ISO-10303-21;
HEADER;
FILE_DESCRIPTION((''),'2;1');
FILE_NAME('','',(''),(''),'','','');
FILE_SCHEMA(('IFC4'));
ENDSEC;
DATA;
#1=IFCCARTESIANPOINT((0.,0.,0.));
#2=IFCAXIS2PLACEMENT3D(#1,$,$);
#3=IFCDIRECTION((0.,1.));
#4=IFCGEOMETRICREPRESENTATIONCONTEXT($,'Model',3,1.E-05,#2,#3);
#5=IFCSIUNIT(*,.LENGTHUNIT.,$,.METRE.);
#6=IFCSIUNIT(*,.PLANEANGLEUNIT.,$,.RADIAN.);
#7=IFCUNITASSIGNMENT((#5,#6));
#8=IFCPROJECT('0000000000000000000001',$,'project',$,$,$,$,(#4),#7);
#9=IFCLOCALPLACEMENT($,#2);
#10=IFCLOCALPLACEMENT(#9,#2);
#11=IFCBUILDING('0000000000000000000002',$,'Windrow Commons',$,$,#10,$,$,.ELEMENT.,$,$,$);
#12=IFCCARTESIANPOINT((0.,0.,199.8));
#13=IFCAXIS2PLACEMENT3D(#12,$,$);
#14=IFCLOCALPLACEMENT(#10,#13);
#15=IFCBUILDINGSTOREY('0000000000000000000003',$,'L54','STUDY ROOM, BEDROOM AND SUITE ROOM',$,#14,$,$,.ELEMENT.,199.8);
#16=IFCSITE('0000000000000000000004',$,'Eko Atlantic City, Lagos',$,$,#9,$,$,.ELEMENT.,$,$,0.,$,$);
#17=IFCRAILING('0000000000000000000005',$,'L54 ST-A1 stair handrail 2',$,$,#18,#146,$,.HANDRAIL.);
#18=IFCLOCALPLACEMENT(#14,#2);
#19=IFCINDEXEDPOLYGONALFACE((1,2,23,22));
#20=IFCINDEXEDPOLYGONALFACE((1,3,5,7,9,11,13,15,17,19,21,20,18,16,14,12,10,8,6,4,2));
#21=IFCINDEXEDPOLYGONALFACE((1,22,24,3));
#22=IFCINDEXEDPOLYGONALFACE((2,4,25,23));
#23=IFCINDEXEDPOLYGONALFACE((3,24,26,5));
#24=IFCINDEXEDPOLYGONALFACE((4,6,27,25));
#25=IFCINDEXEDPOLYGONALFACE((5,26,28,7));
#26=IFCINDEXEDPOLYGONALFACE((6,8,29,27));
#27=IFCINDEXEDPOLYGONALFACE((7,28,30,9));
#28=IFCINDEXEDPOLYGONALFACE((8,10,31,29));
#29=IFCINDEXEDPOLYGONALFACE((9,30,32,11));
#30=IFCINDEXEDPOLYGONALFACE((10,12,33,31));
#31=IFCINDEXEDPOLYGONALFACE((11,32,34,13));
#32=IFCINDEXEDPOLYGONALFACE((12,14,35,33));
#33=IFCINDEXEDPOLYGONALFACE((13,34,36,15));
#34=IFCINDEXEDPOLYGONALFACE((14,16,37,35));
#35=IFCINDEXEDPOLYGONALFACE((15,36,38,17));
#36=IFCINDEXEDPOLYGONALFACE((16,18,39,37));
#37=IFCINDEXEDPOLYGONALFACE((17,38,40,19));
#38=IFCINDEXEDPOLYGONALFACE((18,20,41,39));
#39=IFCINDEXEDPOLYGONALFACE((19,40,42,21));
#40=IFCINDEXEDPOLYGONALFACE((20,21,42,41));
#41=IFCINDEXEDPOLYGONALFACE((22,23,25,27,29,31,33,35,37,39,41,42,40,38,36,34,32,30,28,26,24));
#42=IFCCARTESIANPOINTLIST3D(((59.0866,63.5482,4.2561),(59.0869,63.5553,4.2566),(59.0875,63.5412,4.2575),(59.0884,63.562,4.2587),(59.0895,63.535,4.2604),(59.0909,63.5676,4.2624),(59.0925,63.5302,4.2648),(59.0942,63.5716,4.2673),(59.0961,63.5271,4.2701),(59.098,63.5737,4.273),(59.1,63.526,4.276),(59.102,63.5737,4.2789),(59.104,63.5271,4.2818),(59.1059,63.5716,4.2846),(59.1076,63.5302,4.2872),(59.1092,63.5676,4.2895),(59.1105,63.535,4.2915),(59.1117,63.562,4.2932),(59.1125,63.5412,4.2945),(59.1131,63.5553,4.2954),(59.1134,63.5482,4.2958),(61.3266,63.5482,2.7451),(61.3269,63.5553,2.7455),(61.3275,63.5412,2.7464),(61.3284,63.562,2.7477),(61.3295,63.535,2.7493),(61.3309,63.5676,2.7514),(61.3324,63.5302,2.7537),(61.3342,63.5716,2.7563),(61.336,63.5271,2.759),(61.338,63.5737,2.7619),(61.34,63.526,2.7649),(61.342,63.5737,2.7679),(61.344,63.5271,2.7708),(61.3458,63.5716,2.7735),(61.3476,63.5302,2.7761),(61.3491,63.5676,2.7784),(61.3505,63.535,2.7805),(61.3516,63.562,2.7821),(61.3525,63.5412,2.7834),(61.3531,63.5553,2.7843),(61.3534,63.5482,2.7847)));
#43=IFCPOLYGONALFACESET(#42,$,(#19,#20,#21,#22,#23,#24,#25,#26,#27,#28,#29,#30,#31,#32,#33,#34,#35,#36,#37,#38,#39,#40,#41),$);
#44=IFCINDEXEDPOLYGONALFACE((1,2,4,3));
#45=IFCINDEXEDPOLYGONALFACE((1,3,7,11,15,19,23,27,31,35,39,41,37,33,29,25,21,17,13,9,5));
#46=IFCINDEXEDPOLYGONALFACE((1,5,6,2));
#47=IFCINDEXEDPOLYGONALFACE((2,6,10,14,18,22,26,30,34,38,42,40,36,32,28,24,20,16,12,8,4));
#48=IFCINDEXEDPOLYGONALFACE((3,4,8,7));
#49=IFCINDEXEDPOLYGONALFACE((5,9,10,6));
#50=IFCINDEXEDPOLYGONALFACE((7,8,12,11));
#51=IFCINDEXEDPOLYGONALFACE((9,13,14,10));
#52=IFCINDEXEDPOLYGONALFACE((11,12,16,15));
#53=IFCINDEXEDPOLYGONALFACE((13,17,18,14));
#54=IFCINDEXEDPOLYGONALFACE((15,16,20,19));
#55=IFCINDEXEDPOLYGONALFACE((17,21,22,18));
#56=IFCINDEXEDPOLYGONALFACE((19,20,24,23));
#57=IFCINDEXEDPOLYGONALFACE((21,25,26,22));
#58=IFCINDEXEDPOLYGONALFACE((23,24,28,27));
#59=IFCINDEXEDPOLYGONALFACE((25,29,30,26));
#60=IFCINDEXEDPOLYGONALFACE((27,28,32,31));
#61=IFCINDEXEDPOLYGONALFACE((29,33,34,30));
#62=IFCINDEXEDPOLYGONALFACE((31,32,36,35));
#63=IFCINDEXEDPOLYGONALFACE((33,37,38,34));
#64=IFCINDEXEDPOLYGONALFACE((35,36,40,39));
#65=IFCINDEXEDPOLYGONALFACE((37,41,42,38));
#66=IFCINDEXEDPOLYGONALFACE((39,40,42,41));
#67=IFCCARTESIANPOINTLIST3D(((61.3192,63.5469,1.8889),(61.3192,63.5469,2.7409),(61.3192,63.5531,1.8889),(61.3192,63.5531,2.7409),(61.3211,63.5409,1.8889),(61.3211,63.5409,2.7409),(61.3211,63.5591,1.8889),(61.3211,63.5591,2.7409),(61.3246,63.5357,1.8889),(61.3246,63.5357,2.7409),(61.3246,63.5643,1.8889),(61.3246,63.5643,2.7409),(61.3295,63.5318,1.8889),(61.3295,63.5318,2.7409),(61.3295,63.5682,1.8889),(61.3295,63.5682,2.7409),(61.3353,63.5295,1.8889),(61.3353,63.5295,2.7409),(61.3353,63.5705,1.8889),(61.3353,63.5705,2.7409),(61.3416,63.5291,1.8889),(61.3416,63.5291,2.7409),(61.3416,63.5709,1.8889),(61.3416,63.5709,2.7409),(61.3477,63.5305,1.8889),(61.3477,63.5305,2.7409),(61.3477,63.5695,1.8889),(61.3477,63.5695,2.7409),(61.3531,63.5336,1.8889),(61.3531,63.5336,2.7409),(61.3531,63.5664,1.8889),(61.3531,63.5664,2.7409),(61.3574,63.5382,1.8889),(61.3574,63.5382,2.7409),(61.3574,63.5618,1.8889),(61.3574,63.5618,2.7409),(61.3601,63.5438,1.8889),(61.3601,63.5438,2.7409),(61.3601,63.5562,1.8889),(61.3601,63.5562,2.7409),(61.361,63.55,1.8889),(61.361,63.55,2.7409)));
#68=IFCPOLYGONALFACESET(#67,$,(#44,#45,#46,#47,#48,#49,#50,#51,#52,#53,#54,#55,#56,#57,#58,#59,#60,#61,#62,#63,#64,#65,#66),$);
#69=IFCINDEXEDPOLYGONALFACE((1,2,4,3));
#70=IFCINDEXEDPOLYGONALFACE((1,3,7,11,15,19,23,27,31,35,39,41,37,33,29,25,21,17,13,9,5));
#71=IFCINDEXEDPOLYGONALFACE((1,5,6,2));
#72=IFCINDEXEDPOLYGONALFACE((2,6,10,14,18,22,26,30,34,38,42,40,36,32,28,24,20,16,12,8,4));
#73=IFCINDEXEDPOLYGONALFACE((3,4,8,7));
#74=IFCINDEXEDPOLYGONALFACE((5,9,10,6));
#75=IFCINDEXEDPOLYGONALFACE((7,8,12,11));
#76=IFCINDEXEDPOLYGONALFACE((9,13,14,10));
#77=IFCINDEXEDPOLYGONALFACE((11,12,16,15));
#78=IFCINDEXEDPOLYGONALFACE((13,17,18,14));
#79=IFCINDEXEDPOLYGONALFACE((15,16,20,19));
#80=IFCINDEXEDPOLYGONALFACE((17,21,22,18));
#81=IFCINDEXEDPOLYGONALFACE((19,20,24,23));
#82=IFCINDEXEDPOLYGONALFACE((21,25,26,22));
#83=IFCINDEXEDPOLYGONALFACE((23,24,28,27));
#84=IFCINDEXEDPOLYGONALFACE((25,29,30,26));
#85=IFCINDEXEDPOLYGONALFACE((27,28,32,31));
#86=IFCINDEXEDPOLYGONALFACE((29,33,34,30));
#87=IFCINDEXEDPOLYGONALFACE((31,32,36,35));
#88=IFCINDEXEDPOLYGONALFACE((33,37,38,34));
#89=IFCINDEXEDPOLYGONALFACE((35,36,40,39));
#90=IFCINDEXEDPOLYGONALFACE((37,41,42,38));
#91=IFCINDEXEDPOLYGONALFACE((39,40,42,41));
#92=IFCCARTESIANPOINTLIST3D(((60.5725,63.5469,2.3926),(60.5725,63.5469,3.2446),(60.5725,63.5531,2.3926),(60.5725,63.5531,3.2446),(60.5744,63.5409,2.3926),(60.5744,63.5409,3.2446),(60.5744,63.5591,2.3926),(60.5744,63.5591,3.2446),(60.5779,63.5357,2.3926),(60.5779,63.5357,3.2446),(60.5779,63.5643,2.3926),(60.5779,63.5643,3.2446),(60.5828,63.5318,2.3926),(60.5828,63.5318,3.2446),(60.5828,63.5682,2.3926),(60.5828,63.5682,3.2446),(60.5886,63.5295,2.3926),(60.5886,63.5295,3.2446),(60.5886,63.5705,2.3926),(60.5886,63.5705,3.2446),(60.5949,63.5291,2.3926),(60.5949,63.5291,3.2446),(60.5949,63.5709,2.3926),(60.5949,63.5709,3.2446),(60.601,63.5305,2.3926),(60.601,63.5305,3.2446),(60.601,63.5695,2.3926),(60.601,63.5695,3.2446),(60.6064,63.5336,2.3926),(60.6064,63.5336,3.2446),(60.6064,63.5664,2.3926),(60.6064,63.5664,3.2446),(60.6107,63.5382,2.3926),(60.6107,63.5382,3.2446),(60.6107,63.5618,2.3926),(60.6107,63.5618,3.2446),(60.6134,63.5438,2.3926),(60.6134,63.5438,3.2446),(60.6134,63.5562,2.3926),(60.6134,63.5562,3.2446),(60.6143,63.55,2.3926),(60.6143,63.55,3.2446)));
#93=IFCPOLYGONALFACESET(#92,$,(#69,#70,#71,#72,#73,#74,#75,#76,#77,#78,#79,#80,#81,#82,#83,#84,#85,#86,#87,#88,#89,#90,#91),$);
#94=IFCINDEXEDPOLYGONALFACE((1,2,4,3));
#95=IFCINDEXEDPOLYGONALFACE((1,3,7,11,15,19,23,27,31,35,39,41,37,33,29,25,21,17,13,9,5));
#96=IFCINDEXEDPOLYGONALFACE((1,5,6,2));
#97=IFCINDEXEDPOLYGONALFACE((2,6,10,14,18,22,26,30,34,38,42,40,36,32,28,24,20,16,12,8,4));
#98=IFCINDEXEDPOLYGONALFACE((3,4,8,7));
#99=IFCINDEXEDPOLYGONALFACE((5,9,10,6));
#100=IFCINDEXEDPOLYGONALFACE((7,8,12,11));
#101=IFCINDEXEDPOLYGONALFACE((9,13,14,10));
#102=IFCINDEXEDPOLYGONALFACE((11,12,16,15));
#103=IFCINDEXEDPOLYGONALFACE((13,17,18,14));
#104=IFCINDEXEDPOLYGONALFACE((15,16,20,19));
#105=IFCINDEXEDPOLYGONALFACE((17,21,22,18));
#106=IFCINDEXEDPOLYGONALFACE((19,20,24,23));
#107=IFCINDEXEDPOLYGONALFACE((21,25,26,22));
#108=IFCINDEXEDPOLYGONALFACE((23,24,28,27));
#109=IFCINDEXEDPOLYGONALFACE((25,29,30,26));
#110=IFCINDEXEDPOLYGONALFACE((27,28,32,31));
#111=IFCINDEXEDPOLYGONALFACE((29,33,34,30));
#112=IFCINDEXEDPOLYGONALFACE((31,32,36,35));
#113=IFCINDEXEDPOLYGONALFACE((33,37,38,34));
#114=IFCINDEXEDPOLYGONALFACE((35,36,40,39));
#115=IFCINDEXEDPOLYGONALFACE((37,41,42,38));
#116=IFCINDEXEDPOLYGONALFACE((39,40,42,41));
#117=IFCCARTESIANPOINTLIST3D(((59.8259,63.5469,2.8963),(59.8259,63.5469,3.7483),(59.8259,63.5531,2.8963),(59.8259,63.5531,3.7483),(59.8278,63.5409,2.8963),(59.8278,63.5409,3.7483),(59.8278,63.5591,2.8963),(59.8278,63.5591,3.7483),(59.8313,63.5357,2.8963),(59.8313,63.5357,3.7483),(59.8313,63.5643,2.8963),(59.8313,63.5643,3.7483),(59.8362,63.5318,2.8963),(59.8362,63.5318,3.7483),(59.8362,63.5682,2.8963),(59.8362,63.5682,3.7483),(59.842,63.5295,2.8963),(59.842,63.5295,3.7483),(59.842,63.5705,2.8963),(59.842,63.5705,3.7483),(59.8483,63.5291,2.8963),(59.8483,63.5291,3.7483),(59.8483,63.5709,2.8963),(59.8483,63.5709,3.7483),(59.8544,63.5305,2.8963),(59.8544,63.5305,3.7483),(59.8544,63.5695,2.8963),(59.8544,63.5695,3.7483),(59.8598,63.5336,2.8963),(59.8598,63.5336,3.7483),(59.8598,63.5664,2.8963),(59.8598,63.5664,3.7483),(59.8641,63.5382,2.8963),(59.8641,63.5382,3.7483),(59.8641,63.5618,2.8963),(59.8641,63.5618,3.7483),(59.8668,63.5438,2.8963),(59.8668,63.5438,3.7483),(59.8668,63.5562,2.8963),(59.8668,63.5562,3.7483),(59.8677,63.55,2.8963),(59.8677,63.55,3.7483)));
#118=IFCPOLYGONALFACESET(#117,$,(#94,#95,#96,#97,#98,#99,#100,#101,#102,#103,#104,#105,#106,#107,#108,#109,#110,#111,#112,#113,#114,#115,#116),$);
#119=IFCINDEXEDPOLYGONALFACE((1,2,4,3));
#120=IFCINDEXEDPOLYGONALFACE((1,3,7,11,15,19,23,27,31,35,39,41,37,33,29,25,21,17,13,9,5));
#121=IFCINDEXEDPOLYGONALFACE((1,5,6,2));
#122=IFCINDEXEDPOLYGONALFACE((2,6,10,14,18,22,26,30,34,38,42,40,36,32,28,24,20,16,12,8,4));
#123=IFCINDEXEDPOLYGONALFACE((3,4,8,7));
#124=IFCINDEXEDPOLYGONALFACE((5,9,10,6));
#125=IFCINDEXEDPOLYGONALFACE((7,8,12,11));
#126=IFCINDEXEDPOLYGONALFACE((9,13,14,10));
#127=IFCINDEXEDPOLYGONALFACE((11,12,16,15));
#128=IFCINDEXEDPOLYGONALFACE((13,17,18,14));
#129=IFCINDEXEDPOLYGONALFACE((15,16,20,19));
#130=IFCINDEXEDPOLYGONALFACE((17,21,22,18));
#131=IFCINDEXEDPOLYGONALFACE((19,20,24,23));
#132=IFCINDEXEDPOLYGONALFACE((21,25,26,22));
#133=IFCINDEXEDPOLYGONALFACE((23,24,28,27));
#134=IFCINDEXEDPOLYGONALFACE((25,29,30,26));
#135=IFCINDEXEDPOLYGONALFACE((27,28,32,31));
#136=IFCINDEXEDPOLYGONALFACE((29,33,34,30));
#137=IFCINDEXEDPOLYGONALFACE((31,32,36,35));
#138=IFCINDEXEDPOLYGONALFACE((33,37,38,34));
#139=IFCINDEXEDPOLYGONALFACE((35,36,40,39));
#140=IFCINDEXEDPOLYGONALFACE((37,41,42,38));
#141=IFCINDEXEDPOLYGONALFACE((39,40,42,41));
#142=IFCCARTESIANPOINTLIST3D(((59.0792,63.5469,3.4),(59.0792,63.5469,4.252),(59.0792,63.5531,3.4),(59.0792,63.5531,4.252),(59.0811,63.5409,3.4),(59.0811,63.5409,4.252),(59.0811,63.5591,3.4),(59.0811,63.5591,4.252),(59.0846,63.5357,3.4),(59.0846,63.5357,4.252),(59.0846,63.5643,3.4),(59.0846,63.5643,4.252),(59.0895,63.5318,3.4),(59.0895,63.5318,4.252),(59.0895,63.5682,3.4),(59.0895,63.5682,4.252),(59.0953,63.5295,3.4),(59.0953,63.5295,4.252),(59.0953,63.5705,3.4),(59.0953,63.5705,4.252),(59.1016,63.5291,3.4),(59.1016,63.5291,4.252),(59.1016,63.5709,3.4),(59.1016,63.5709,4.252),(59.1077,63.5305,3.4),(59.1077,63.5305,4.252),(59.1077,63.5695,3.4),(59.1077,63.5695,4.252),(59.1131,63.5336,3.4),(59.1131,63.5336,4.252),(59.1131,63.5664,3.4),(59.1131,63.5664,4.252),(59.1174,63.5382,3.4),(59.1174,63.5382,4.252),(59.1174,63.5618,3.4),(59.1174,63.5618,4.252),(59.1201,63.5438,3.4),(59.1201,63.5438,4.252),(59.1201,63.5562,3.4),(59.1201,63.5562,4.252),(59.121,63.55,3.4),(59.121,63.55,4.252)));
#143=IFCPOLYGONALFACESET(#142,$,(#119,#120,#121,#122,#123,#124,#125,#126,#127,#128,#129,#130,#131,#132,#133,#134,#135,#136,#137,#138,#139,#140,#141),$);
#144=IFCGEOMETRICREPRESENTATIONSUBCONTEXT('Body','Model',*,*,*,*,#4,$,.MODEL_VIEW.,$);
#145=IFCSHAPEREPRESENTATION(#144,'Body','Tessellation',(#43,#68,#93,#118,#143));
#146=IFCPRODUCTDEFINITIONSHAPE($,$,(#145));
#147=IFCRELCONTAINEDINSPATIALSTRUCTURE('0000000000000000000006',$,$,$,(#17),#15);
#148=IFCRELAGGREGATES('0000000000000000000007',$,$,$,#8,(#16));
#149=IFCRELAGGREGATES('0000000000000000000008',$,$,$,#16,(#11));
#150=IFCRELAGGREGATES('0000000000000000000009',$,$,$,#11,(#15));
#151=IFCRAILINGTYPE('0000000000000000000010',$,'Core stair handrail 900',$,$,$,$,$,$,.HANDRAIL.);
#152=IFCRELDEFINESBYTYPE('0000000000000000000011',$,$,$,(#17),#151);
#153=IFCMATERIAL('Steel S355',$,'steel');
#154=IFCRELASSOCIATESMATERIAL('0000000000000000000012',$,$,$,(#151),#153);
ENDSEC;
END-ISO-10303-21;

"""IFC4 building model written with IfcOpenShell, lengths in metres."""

from ifc_helpers import new_model, si_unit, direction, frame, origin, origin_2d, place, context, subcontext, project, spatial, circle, extrude, material, type_object, element, save


model = new_model("IFC4")

# Units and contexts
model_context = context("Model", 3, precision=1e-05, world=origin(), true_north=direction((0.0, 1.0)))
body_context = subcontext(model_context, "Body", "Model", "MODEL_VIEW")
ifc_project = project(units=[si_unit("LENGTHUNIT", "METRE"), si_unit("PLANEANGLEUNIT", "RADIAN")], contexts=[model_context])

# Site, building, storey
site_placement = place(None, origin())
site = spatial("IfcSite", under=ifc_project, at=site_placement, Name="Eko Atlantic City, Lagos", CompositionType="ELEMENT", RefElevation=0.0)
building_placement = place(site_placement, origin())
building = spatial("IfcBuilding", under=site, at=building_placement, Name="Windrow Commons", CompositionType="ELEMENT")
storey_placement = place(building_placement, frame((0.0, 0.0, 199.8)))
storey = spatial("IfcBuildingStorey", under=building, at=storey_placement, Name="L54", Description="STUDY ROOM, BEDROOM AND SUITE ROOM", CompositionType="ELEMENT", Elevation=199.8)

# Railing
ifc_material_1 = material(Name="Steel S355", Category="steel")
railing_type_1 = type_object("IfcRailingType", Name="Core stair handrail 900", PredefinedType="HANDRAIL", material=ifc_material_1)
railing_placement = place(storey_placement, frame((61.34, 63.55, 1.8889)))
element("IfcRailing", 1, at=railing_placement, inside=storey, type_object=railing_type_1, Name="L54 ST-A1 stair handrail 2", PredefinedType="HANDRAIL", context=body_context, shape_type="SweptSolid", body=[
    extrude(circle(Radius=0.024, at=origin_2d()), frame((0.0, 0.0, 0.876), z_axis=(-0.829003, 0.0, 0.559244), x_axis=(0.0, -1.0, 0.0)), (0.0, 0.0, 1.0), 2.702),
    extrude(circle(Radius=0.021, at=origin_2d()), origin(), (0.0, 0.0, 1.0), 0.852),
    extrude(circle(Radius=0.021, at=origin_2d()), frame((-0.7467, 0.0, 0.5037)), (0.0, 0.0, 1.0), 0.852),
    extrude(circle(Radius=0.021, at=origin_2d()), frame((-1.4933, 0.0, 1.0074)), (0.0, 0.0, 1.0), 0.852),
    extrude(circle(Radius=0.021, at=origin_2d()), frame((-2.24, 0.0, 1.5111)), (0.0, 0.0, 1.0), 0.852),
])

save(model, "model.ifc")
